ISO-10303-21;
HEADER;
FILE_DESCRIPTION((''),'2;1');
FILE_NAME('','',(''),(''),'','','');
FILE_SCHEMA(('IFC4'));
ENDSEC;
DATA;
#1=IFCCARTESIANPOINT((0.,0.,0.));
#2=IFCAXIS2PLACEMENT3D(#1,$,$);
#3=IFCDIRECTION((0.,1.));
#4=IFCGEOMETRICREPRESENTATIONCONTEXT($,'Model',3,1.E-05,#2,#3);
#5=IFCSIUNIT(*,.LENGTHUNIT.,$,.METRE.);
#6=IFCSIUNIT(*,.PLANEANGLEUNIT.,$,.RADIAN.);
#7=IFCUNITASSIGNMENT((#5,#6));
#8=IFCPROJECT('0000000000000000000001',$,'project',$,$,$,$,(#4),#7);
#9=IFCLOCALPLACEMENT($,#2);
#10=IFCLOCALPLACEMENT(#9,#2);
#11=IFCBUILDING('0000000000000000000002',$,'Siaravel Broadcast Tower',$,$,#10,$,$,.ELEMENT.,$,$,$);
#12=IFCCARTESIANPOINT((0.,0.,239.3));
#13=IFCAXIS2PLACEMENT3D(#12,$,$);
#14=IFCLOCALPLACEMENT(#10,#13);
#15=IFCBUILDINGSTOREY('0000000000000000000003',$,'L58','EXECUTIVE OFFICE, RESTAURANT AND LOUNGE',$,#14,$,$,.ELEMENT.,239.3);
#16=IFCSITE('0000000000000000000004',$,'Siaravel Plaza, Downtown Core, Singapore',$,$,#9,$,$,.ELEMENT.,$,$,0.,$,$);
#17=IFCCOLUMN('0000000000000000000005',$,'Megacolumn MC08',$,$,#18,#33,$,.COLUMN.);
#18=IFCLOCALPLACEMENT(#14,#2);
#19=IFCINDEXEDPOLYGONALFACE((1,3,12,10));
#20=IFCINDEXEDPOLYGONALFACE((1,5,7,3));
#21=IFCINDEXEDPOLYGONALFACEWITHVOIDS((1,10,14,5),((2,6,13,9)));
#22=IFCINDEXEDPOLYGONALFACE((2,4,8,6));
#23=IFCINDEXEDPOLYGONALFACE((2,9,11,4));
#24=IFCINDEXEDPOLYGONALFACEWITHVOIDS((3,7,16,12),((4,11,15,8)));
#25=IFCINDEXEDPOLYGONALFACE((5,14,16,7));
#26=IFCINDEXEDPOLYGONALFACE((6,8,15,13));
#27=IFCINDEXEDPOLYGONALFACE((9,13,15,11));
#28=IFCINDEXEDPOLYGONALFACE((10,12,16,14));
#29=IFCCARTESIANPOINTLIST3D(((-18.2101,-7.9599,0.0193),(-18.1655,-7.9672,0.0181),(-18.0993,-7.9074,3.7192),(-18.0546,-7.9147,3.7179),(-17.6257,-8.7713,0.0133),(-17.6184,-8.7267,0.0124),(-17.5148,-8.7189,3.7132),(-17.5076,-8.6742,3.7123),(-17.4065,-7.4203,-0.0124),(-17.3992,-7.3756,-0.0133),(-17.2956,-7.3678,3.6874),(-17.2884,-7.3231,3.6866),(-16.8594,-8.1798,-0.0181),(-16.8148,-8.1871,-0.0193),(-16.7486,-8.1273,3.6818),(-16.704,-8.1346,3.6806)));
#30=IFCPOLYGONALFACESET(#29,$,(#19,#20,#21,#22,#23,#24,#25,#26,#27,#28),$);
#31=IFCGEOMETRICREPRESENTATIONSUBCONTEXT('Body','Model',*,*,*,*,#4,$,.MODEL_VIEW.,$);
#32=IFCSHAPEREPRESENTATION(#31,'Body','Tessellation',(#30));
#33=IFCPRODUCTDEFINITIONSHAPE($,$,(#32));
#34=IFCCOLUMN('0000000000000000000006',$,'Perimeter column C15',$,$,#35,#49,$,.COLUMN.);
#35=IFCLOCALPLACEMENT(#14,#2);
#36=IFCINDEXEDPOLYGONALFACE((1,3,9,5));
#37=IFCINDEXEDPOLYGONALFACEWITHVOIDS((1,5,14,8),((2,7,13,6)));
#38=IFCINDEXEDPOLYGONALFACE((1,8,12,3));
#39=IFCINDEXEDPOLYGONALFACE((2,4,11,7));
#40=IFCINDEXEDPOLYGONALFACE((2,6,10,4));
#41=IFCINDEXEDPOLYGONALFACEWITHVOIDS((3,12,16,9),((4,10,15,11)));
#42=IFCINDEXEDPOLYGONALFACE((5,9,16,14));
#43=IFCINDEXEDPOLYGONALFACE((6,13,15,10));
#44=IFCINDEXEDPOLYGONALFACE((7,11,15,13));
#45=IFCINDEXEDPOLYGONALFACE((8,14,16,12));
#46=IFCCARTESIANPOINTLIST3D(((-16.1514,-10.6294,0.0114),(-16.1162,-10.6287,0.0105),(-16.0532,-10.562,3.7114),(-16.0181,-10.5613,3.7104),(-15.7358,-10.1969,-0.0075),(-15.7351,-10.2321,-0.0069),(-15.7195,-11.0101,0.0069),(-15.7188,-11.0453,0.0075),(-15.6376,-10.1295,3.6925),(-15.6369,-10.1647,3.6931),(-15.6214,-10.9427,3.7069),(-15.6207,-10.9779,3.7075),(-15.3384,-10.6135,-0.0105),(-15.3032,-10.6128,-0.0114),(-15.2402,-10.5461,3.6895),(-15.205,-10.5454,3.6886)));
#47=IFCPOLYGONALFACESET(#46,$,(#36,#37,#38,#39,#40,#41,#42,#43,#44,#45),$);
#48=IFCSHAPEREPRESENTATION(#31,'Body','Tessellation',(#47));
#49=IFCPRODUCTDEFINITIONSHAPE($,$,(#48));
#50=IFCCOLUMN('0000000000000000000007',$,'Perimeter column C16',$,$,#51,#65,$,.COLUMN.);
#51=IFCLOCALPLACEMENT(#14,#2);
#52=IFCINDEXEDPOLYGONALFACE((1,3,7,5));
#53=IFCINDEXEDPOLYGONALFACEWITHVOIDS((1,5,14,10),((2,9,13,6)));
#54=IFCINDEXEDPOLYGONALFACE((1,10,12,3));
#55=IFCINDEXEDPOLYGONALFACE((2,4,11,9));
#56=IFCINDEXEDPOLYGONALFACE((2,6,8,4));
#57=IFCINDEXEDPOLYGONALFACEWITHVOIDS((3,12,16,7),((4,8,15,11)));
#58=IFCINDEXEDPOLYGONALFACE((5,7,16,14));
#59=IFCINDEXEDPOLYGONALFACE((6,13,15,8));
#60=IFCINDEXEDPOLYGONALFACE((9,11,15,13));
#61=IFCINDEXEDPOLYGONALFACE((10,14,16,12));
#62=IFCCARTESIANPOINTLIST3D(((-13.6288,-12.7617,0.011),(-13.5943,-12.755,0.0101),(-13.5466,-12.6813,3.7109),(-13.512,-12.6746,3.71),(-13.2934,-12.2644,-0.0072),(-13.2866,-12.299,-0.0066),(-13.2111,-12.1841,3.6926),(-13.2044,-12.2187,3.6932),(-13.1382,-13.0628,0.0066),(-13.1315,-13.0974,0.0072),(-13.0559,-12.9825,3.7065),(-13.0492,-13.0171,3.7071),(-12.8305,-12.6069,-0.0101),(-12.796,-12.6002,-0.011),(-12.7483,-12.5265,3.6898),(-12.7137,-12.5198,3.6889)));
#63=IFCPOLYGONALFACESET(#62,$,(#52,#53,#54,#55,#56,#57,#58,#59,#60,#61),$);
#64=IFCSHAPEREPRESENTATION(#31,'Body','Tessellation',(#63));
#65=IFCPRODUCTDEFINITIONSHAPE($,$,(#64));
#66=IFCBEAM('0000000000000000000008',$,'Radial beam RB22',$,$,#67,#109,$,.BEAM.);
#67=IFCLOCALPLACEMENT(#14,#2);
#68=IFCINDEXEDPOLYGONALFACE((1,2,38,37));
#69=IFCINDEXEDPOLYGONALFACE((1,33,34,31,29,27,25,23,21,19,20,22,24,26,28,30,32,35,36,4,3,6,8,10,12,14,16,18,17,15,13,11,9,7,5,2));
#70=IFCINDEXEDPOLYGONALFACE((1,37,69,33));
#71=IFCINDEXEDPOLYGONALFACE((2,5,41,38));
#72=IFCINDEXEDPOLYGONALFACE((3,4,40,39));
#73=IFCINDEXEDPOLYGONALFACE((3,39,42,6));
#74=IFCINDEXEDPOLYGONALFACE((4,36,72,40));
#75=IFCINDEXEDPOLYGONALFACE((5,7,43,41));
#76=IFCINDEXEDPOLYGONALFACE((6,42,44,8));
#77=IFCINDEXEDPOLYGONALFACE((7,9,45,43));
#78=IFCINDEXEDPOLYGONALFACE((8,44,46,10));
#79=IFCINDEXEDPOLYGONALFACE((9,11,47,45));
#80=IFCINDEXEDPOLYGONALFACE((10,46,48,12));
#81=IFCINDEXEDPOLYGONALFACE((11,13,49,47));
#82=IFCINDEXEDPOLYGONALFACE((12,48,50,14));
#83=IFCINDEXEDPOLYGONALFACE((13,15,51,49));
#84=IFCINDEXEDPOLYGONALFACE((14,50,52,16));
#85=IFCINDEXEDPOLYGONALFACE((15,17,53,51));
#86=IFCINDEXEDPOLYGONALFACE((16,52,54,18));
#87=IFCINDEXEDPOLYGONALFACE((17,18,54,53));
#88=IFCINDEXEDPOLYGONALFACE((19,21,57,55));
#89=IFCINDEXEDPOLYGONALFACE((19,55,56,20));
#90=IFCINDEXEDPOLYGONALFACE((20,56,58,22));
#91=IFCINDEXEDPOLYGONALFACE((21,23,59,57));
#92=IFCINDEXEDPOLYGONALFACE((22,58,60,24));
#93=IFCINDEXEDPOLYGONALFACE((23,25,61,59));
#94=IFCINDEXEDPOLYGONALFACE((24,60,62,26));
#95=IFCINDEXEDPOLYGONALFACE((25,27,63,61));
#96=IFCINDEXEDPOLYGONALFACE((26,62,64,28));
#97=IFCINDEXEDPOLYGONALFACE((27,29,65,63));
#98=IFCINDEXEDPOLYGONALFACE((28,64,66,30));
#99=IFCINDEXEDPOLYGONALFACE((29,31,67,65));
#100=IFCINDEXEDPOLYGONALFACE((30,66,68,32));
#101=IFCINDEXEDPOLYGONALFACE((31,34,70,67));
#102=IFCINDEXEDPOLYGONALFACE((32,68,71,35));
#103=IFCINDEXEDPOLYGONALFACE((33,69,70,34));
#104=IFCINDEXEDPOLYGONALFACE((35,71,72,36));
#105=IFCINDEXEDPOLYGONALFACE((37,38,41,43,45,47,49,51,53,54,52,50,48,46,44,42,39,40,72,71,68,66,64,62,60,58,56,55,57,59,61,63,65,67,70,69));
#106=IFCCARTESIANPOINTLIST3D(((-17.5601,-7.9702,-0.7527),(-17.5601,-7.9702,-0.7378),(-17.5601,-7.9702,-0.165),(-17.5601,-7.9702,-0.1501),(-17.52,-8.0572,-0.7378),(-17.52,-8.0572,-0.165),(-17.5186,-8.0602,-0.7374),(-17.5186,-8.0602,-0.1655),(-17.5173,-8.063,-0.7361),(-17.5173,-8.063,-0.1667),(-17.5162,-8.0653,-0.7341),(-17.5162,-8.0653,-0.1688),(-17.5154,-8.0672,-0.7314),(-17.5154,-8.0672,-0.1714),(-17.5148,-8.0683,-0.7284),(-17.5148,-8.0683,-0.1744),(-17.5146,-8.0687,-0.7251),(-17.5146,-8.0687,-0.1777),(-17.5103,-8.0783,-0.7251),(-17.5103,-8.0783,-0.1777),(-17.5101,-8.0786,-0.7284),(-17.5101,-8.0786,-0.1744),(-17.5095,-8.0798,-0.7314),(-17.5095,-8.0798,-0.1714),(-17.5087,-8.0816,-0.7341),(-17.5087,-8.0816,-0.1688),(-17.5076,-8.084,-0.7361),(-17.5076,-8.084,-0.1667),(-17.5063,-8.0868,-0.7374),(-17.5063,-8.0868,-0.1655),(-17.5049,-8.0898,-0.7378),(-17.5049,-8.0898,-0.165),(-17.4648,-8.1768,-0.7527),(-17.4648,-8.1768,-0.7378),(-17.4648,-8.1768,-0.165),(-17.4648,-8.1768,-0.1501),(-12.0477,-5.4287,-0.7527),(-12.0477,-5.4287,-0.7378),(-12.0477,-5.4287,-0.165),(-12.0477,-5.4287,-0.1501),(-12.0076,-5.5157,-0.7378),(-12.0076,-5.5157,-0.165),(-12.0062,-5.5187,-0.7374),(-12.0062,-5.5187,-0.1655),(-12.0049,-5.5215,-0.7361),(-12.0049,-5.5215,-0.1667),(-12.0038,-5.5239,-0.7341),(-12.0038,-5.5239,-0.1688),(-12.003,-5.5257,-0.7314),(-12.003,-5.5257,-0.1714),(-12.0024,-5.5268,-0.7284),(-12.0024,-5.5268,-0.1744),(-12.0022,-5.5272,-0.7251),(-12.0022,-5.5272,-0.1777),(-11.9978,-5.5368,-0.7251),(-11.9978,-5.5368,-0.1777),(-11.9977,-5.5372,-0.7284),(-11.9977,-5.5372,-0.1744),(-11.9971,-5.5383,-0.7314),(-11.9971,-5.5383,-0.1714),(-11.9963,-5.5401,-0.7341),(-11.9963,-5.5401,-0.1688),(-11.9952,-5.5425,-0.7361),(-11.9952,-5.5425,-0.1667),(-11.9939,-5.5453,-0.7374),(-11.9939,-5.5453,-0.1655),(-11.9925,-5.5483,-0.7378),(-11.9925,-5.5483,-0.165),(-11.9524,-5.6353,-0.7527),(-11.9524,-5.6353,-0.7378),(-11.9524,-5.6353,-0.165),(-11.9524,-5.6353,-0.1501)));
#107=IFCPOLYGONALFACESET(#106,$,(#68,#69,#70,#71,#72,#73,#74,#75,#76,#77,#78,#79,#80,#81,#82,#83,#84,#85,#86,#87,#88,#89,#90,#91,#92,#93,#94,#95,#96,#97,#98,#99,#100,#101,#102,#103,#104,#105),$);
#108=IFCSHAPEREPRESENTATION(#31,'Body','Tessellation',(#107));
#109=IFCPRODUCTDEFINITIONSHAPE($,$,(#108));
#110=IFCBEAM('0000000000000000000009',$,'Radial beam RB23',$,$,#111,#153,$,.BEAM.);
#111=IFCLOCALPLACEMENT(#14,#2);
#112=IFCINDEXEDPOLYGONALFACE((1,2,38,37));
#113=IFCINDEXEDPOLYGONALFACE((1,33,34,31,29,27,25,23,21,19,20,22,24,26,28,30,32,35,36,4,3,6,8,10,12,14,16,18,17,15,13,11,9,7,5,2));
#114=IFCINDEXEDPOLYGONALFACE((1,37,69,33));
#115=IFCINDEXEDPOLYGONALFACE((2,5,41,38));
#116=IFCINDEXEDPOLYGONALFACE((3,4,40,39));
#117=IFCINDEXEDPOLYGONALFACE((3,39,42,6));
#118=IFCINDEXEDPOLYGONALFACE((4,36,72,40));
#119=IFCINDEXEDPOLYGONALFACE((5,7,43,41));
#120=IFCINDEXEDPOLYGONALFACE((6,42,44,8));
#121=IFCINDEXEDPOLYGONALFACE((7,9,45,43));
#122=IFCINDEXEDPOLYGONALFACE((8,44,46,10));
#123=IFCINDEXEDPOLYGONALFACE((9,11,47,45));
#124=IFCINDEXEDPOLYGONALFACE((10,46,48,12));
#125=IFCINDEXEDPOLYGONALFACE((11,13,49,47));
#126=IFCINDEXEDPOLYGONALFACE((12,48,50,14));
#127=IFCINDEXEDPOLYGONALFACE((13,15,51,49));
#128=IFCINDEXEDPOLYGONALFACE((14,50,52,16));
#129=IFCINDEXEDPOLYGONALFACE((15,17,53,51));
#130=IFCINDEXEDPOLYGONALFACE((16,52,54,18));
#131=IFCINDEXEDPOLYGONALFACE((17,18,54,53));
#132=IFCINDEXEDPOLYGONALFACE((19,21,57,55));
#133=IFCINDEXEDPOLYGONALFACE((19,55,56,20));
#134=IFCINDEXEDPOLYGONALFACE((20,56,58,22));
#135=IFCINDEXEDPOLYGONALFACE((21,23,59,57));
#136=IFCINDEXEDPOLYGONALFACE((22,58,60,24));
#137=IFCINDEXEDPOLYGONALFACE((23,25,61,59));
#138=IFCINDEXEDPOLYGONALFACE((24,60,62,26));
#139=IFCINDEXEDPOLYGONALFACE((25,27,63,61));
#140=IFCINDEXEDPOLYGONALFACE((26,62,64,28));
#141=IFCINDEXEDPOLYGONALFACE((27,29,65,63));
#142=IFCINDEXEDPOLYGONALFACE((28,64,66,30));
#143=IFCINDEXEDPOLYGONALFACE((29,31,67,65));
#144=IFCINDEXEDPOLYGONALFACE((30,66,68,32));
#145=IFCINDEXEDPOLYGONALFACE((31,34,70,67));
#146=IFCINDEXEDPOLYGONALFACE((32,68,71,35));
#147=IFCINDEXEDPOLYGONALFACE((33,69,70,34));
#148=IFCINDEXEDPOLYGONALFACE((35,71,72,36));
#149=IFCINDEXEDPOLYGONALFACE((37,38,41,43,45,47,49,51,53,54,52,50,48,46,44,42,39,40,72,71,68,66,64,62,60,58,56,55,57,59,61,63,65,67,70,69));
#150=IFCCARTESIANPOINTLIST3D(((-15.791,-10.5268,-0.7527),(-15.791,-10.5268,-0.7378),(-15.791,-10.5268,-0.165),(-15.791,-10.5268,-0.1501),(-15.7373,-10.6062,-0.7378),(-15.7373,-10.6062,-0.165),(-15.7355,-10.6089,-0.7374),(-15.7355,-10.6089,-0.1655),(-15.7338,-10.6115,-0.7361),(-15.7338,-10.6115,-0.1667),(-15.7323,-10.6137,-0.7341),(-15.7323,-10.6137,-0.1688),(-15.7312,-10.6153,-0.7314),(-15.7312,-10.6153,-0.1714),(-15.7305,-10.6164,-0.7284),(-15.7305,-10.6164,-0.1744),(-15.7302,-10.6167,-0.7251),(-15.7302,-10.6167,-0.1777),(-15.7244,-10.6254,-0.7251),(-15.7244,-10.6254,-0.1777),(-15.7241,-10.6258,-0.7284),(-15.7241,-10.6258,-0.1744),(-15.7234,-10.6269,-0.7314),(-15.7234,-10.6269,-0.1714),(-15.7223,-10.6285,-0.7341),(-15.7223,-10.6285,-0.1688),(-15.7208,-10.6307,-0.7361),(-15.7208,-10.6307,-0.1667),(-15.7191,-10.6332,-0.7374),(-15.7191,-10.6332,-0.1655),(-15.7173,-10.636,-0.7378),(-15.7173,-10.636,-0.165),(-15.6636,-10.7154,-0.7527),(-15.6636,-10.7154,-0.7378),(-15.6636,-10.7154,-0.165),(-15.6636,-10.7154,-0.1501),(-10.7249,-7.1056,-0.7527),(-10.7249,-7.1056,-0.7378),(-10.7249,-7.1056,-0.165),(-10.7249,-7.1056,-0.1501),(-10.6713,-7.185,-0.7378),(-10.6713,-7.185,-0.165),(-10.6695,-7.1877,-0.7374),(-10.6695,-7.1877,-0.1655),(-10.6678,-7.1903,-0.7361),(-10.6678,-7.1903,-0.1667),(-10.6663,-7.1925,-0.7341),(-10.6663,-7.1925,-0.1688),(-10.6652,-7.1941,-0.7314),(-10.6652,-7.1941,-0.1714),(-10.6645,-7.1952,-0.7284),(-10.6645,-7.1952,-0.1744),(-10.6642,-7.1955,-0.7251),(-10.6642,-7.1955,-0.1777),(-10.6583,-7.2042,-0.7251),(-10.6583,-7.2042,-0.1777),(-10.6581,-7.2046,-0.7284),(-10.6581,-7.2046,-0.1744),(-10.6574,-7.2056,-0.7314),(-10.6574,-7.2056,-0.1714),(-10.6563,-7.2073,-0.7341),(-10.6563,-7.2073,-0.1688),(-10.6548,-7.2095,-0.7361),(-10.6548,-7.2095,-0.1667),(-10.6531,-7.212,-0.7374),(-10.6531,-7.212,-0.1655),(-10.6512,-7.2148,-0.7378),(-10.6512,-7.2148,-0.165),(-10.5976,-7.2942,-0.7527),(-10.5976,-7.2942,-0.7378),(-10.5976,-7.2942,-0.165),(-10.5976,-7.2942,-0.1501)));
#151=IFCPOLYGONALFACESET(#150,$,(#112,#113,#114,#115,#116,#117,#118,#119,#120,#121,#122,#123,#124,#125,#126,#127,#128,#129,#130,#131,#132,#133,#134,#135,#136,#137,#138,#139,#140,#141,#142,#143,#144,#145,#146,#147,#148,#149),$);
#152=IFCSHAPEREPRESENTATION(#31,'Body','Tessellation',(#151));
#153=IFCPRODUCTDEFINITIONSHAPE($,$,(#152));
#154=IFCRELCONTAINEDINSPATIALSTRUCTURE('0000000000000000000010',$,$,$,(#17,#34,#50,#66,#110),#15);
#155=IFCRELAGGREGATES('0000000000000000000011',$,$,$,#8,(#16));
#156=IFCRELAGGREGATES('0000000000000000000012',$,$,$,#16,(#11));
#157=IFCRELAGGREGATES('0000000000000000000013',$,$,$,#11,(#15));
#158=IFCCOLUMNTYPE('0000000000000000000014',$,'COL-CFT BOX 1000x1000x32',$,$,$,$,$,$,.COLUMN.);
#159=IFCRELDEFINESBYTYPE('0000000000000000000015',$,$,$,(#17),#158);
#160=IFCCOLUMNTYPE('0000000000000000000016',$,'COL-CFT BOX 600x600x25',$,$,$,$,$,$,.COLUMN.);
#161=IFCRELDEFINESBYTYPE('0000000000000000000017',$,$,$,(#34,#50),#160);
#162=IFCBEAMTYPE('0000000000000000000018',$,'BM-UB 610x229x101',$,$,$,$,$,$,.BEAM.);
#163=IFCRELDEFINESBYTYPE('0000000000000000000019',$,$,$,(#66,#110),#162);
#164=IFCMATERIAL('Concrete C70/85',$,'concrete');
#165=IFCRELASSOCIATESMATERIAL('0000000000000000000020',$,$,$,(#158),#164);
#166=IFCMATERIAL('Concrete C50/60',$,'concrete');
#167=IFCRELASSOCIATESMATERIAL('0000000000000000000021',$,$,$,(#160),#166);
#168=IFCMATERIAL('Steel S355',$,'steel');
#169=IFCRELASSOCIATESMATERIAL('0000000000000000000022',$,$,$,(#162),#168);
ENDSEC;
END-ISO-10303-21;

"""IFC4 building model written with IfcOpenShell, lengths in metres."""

from ifc_helpers import new_model, si_unit, direction, frame, origin, origin_2d, place, context, subcontext, project, spatial, hollow_rectangle, i_section, extrude, material, material_profile, profile_set, type_object, element, save


model = new_model("IFC4")

# Units and contexts
model_context = context("Model", 3, precision=1e-05, world=origin(), true_north=direction((0.0, 1.0)))
body_context = subcontext(model_context, "Body", "Model", "MODEL_VIEW")
ifc_project = project(units=[si_unit("LENGTHUNIT", "METRE"), si_unit("PLANEANGLEUNIT", "RADIAN")], contexts=[model_context])

# Site, building, storey
site_placement = place(None, origin())
site = spatial("IfcSite", under=ifc_project, at=site_placement, Name="Siaravel Plaza, Downtown Core, Singapore", CompositionType="ELEMENT", RefElevation=0.0)
building_placement = place(site_placement, origin())
building = spatial("IfcBuilding", under=site, at=building_placement, Name="Siaravel Broadcast Tower", CompositionType="ELEMENT")
storey_placement = place(building_placement, frame((0.0, 0.0, 239.3)))
storey = spatial("IfcBuildingStorey", under=building, at=storey_placement, Name="L58", Description="EXECUTIVE OFFICE, RESTAURANT AND LOUNGE", CompositionType="ELEMENT", Elevation=239.3)

# Columns
ifc_material_1 = material(Name="Concrete C70/85", Category="concrete")
ifc_material_profile_1 = material_profile(ifc_material_1, hollow_rectangle(XDim=1.0, YDim=1.0, WallThickness=0.032, at=origin_2d()))
ifc_profile_set_1 = profile_set([ifc_material_profile_1], Name="Concrete C70/85")
column_type_1 = type_object("IfcColumnType", Name="COL-CFT BOX 1000x1000x32", PredefinedType="COLUMN", material=ifc_profile_set_1)
column_1_placement = place(storey_placement, frame((-17.5125, -8.0735, 0.0), z_axis=(0.029941, 0.014179, 0.999451), x_axis=(-0.584425, 0.811425, 0.005996)))
element("IfcColumn", 1, at=column_1_placement, inside=storey, type_object=column_type_1, Name="Megacolumn MC08", PredefinedType="COLUMN", context=body_context, shape_type="SweptSolid", body=[
    extrude(hollow_rectangle(XDim=1.0, YDim=1.0, WallThickness=0.032, at=origin_2d()), origin(), (0.0, 0.0, 1.0), 3.7019),
])
ifc_material_2 = material(Name="Concrete C50/60", Category="concrete")
ifc_material_profile_2 = material_profile(ifc_material_2, hollow_rectangle(XDim=0.6001, YDim=0.6001, WallThickness=0.0249, at=origin_2d()))
ifc_profile_set_2 = profile_set([ifc_material_profile_2], Name="Concrete C50/60")
column_type_2 = type_object("IfcColumnType", Name="COL-CFT BOX 600x600x25", PredefinedType="COLUMN", material=ifc_profile_set_2)
column_2_placement = place(storey_placement, frame((-15.7273, -10.6211, 0.0), z_axis=(0.026512, 0.018202, 0.999483), x_axis=(-0.72083, 0.693081, 0.006498)))
element("IfcColumn", 2, at=column_2_placement, inside=storey, type_object=column_type_2, Name="Perimeter column C15", PredefinedType="COLUMN", context=body_context, shape_type="SweptSolid", body=[
    extrude(hollow_rectangle(XDim=0.6001, YDim=0.6001, WallThickness=0.0249, at=origin_2d()), origin(), (0.0, 0.0, 1.0), 3.7019),
])
column_3_placement = place(storey_placement, frame((-13.2124, -12.6809, 0.0), z_axis=(0.022226, 0.021699, 0.999517), x_axis=(-0.828839, 0.559452, 0.006286)))
element("IfcColumn", 3, at=column_3_placement, inside=storey, type_object=column_type_2, Name="Perimeter column C16", PredefinedType="COLUMN", context=body_context, shape_type="SweptSolid", body=[
    extrude(hollow_rectangle(XDim=0.6001, YDim=0.6001, WallThickness=0.0249, at=origin_2d()), origin(), (0.0, 0.0, 1.0), 3.7017),
])

# Beams
ifc_material_3 = material(Name="Steel S355", Category="steel")
ifc_material_profile_3 = material_profile(ifc_material_3, i_section(OverallWidth=0.2275, OverallDepth=0.6025, WebThickness=0.0105, FlangeThickness=0.0149, FilletRadius=0.0127, at=origin_2d()))
ifc_profile_set_3 = profile_set([ifc_material_profile_3], Name="Steel S355")
beam_type = type_object("IfcBeamType", Name="BM-UB 610x229x101", PredefinedType="BEAM", material=ifc_profile_set_3)
beam_1_placement = place(storey_placement, frame((-17.5125, -8.0735, -0.4514), z_axis=(0.908129, 0.418691, 0.0), x_axis=(-0.418691, 0.908129, 0.0)))
element("IfcBeam", 4, at=beam_1_placement, inside=storey, type_object=beam_type, Name="Radial beam RB22", PredefinedType="BEAM", context=body_context, shape_type="SweptSolid", body=[
    extrude(i_section(OverallWidth=0.2275, OverallDepth=0.6025, WebThickness=0.0105, FlangeThickness=0.0149, FilletRadius=0.0127, at=origin_2d()), origin(), (0.0, 0.0, 1.0), 6.0701),
])
beam_2_placement = place(storey_placement, frame((-15.7273, -10.6211, -0.4514), z_axis=(0.828724, 0.559658, 0.0), x_axis=(-0.559658, 0.828724, 0.0)))
element("IfcBeam", 5, at=beam_2_placement, inside=storey, type_object=beam_type, Name="Radial beam RB23", PredefinedType="BEAM", context=body_context, shape_type="SweptSolid", body=[
    extrude(i_section(OverallWidth=0.2275, OverallDepth=0.6025, WebThickness=0.0105, FlangeThickness=0.0149, FilletRadius=0.0127, at=origin_2d()), origin(), (0.0, 0.0, 1.0), 6.113),
])

save(model, "model.ifc")
